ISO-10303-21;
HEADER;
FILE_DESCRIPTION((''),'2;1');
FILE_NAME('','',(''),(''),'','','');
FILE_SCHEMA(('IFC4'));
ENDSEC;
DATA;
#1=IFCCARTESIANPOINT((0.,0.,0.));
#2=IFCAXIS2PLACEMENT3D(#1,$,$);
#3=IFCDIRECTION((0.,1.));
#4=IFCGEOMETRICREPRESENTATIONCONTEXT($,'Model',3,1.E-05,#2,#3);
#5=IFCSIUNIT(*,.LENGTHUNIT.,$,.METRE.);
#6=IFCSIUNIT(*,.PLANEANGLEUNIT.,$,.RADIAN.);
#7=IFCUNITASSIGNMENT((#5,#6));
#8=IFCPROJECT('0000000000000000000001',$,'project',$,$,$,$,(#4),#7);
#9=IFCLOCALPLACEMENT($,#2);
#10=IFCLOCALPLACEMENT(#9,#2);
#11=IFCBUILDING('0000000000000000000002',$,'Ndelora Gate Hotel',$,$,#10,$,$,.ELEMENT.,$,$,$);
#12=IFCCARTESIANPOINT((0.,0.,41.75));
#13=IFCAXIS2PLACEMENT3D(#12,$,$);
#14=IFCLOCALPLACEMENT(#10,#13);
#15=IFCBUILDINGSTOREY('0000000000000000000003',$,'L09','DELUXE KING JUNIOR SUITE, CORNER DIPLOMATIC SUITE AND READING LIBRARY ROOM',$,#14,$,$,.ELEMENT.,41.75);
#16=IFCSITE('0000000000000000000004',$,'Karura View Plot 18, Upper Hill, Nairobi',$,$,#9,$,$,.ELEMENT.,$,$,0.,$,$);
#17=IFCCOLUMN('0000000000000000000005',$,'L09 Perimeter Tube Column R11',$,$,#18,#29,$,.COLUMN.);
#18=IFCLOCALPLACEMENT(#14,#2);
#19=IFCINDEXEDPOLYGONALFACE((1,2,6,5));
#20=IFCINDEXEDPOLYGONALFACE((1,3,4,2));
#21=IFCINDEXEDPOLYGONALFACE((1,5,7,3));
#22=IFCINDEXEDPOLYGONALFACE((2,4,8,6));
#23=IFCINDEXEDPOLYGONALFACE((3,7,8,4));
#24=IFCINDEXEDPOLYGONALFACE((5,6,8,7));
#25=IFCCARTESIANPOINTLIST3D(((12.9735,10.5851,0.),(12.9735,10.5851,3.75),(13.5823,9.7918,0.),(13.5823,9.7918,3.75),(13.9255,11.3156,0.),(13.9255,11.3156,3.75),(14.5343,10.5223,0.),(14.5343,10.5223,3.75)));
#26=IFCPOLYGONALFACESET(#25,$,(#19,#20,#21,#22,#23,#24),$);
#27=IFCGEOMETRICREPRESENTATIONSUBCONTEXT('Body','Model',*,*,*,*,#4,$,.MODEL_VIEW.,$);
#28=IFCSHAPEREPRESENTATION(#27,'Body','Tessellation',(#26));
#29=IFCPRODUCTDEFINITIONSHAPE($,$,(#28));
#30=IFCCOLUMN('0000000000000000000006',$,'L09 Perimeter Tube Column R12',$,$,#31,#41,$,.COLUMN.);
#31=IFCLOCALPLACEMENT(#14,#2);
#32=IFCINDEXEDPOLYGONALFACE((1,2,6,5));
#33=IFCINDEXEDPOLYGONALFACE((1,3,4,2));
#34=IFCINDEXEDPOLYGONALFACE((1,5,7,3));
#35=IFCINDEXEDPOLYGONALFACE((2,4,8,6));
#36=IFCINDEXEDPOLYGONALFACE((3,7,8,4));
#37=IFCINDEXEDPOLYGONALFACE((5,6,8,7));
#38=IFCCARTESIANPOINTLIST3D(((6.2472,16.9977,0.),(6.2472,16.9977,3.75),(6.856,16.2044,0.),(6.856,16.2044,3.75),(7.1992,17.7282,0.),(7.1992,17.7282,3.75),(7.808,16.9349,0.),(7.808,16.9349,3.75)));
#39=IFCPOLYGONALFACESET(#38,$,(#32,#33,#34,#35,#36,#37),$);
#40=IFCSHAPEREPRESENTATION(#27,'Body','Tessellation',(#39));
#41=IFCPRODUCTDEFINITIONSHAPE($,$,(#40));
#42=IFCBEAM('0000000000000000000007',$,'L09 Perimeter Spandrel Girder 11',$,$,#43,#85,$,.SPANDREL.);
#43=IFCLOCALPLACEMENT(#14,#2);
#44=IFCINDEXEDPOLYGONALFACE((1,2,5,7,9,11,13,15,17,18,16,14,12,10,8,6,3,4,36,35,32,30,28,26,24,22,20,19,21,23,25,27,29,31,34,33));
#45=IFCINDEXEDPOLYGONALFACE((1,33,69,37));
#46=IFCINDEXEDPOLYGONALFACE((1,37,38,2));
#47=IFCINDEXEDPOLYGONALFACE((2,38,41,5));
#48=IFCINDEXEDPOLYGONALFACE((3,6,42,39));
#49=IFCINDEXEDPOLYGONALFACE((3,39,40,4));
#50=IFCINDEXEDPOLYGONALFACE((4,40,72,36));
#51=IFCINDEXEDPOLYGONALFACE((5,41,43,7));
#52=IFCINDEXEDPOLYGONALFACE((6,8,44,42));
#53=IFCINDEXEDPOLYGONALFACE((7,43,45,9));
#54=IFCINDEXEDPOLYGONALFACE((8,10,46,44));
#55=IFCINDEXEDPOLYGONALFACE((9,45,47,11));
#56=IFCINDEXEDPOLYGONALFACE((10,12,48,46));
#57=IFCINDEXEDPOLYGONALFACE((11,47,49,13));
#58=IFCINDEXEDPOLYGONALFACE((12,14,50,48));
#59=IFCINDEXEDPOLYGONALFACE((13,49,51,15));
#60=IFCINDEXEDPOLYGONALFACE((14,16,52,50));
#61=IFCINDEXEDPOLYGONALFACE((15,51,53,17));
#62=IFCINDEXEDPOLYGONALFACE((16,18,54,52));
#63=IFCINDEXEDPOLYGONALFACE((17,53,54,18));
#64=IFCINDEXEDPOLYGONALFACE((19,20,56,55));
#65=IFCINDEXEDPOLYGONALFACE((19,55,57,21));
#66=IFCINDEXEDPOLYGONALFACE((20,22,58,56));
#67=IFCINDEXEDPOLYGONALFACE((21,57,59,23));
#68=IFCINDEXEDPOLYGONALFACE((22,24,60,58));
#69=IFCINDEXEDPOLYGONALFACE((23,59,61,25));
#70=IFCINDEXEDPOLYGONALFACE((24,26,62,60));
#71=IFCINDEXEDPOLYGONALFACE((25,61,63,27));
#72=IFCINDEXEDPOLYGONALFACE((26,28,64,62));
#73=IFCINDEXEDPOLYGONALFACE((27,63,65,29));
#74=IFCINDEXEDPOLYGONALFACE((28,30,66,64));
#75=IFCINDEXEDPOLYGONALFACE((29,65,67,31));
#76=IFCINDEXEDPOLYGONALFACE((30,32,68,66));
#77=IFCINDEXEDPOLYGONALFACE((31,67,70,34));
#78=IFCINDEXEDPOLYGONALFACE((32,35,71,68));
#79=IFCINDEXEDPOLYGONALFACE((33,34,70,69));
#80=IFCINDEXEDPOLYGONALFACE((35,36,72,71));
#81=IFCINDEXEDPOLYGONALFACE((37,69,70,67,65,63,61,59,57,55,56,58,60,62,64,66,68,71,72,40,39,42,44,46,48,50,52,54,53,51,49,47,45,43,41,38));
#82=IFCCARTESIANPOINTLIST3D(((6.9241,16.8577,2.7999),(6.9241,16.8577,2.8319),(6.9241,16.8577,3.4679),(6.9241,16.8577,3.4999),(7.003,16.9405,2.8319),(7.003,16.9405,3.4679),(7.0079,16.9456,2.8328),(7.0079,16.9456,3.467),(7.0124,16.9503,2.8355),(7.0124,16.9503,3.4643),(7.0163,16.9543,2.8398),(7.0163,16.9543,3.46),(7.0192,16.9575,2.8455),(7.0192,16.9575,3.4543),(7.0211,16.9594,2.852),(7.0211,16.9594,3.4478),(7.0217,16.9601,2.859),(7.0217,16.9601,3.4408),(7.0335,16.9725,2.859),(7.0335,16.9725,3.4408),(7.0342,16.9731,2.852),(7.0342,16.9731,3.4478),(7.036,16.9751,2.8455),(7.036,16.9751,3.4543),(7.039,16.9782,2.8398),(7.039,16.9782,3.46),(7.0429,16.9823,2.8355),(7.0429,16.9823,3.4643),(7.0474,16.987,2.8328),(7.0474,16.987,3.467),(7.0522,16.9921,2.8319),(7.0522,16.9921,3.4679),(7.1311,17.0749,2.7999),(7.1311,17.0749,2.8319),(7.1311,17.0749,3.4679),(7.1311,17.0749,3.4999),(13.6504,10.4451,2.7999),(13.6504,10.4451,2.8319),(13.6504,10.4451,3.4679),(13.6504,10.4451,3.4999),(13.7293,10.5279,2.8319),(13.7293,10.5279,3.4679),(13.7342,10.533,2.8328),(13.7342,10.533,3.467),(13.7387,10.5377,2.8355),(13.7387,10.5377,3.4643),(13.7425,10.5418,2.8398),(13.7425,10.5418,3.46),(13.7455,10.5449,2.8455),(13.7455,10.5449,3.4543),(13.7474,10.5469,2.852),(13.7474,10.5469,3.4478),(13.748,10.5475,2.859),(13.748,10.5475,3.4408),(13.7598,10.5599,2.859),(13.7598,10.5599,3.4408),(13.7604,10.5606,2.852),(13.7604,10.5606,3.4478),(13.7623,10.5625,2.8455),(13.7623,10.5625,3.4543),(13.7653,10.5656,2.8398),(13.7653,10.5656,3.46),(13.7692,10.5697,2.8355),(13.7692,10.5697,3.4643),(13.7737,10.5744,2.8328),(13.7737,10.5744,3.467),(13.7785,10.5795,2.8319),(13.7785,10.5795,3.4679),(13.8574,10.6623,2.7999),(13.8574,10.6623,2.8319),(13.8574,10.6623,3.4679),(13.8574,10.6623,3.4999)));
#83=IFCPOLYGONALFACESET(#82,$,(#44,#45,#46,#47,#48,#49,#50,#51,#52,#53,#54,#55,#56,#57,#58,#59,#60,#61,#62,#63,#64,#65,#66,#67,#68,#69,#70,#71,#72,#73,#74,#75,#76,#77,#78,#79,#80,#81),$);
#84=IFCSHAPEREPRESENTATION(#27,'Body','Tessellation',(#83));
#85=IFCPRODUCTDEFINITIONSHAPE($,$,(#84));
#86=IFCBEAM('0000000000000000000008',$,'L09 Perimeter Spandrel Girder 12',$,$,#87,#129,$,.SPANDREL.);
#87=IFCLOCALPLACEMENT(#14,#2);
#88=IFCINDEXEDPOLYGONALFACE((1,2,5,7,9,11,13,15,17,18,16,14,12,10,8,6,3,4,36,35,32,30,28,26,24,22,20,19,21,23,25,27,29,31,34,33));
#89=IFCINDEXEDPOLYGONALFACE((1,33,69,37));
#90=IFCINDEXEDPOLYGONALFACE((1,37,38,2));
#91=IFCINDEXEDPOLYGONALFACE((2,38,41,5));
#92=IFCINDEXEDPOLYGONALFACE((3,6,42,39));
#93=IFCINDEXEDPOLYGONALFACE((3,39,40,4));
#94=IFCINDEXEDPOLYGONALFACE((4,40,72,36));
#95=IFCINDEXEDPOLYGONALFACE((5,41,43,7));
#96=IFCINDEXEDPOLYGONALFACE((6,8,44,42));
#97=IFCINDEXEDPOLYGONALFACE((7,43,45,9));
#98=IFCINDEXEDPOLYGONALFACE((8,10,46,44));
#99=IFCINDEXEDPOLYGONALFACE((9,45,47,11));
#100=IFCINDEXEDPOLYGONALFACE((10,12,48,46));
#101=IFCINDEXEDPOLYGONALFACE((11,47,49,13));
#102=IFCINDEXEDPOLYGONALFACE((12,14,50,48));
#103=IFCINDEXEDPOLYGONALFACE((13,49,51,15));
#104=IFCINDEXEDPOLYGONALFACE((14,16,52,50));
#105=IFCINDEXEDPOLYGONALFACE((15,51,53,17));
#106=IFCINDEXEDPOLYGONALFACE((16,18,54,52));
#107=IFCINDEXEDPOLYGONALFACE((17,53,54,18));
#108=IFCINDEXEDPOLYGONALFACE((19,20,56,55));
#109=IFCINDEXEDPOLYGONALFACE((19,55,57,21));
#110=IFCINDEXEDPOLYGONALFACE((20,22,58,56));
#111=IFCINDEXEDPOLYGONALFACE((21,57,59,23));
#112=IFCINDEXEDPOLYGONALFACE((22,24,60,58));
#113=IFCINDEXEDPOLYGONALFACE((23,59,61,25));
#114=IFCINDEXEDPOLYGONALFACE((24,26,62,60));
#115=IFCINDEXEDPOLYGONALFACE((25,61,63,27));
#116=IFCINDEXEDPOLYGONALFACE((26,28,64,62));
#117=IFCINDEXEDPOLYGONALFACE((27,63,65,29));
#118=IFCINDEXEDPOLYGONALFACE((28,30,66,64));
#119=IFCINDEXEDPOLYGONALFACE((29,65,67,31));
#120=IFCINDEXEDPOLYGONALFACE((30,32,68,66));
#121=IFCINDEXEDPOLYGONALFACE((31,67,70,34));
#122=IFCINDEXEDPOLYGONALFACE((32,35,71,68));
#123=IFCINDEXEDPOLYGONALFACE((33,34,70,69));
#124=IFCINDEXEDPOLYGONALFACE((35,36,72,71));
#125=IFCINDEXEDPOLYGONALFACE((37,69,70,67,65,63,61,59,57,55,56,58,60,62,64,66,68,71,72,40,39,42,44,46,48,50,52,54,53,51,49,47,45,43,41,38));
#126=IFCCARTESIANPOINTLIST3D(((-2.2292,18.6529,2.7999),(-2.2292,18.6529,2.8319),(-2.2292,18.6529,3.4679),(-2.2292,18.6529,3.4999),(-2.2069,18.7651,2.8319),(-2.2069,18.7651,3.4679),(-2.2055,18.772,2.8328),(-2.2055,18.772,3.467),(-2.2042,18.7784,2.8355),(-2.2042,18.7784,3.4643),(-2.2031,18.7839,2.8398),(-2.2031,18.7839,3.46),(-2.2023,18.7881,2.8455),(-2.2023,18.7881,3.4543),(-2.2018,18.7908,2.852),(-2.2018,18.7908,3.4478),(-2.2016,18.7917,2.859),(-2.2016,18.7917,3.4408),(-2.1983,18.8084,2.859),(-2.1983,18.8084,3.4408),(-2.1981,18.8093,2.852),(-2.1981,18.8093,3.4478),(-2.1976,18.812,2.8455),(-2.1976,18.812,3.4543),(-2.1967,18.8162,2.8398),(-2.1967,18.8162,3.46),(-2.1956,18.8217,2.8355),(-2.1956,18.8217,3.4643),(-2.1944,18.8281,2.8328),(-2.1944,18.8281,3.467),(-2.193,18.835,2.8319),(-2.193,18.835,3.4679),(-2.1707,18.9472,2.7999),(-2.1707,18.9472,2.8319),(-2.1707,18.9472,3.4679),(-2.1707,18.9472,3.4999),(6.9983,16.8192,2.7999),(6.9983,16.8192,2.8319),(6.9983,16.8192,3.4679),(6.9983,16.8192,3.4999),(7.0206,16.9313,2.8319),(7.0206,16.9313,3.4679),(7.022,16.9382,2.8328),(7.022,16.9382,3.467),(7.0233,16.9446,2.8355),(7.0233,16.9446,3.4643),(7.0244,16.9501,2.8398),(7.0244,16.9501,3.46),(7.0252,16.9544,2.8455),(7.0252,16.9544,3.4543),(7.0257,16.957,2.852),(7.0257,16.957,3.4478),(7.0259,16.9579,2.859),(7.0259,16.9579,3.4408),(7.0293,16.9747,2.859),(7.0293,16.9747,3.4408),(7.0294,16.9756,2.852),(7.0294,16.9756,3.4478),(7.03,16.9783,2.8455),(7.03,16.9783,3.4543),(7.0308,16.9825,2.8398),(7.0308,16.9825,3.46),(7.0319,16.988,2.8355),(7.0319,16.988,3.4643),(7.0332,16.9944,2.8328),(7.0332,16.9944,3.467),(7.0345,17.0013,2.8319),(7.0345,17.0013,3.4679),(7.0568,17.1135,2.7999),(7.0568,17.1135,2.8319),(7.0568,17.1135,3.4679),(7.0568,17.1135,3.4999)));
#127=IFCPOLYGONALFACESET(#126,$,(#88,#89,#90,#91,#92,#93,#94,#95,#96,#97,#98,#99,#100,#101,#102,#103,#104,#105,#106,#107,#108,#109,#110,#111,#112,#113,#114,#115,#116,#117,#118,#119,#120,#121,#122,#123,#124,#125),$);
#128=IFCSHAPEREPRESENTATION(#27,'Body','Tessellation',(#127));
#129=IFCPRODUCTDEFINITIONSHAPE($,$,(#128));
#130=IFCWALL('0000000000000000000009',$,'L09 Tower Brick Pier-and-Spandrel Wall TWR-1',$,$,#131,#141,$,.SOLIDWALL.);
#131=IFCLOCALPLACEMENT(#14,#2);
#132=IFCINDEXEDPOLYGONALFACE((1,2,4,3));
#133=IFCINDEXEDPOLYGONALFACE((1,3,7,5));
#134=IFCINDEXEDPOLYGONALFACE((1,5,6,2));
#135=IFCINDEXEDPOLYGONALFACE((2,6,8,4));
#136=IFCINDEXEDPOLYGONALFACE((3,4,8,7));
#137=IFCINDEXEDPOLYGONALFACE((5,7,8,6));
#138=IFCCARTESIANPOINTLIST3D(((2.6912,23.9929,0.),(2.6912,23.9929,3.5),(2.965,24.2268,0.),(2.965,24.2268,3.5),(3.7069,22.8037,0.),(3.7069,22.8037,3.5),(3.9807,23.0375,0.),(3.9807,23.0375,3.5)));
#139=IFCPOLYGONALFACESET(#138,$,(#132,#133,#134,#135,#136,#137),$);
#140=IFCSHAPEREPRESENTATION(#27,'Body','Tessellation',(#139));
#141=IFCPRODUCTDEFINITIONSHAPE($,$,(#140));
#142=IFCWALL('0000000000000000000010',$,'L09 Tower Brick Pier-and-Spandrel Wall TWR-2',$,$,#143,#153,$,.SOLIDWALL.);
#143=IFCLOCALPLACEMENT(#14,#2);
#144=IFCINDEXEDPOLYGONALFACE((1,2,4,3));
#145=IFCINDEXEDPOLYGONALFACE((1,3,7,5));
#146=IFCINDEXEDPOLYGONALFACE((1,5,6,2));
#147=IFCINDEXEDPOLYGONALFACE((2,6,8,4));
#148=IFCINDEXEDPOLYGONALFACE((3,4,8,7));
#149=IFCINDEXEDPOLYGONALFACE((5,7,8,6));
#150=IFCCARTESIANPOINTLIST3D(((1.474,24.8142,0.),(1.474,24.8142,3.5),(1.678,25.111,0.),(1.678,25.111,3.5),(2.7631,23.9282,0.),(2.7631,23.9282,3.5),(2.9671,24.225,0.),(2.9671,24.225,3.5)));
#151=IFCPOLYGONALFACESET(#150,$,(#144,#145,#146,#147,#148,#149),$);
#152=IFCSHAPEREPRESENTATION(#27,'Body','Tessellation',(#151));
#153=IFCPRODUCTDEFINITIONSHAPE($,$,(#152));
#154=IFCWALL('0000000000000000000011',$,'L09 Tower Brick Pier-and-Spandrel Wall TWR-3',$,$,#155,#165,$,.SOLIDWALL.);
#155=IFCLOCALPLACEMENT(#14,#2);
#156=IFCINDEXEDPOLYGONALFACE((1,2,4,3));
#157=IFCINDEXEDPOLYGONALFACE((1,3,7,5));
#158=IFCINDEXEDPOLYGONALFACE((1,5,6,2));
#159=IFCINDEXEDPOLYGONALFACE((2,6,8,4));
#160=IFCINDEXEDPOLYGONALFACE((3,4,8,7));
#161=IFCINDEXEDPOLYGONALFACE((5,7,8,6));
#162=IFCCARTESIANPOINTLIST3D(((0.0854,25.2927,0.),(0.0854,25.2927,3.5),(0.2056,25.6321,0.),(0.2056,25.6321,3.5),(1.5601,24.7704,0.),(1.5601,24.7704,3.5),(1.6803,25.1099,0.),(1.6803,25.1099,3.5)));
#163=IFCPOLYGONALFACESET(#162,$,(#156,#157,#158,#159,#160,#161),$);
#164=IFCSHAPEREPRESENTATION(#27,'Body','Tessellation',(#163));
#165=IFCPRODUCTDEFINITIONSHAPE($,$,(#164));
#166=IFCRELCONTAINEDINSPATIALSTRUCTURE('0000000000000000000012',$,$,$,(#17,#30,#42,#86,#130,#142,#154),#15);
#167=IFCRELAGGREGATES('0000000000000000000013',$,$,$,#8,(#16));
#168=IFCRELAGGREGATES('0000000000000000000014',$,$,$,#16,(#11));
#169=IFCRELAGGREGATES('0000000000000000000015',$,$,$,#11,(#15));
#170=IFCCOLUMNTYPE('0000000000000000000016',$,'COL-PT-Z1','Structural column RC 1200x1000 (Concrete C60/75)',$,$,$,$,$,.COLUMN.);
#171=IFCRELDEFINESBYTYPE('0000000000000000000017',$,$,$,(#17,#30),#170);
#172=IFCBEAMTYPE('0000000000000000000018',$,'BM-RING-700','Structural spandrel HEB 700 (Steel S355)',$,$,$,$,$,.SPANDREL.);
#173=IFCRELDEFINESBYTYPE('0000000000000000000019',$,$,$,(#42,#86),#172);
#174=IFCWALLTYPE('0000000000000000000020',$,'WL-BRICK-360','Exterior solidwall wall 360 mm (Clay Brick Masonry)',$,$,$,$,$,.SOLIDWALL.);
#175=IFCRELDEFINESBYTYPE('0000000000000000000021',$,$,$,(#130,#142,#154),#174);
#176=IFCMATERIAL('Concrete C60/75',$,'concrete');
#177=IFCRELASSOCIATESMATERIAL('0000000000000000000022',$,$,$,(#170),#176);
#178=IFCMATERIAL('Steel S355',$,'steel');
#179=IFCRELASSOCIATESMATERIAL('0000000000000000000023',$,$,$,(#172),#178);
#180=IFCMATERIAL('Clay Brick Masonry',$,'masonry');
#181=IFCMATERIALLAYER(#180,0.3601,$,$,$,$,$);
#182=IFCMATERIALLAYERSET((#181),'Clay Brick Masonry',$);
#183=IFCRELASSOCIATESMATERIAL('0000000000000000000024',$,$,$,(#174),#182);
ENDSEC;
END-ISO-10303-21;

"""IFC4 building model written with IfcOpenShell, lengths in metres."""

from ifc_helpers import new_model, si_unit, direction, frame, frame_2d, origin, origin_2d, place, context, subcontext, project, spatial, rectangle, i_section, extrude, material, layer, layer_set, material_profile, profile_set, type_object, element, save


model = new_model("IFC4")

# Units and contexts
model_context = context("Model", 3, precision=1e-05, world=origin(), true_north=direction((0.0, 1.0)))
body_context = subcontext(model_context, "Body", "Model", "MODEL_VIEW")
ifc_project = project(units=[si_unit("LENGTHUNIT", "METRE"), si_unit("PLANEANGLEUNIT", "RADIAN")], contexts=[model_context])

# Site, building, storey
site_placement = place(None, origin())
site = spatial("IfcSite", under=ifc_project, at=site_placement, Name="Karura View Plot 18, Upper Hill, Nairobi", CompositionType="ELEMENT", RefElevation=0.0)
building_placement = place(site_placement, origin())
building = spatial("IfcBuilding", under=site, at=building_placement, Name="Ndelora Gate Hotel", CompositionType="ELEMENT")
storey_placement = place(building_placement, frame((0.0, 0.0, 41.75)))
storey = spatial("IfcBuildingStorey", under=building, at=storey_placement, Name="L09", Description="DELUXE KING JUNIOR SUITE, CORNER DIPLOMATIC SUITE AND READING LIBRARY ROOM", CompositionType="ELEMENT", Elevation=41.75)

# Columns
ifc_material_1 = material(Name="Concrete C60/75", Category="concrete")
ifc_material_profile_1 = material_profile(ifc_material_1, rectangle(XDim=1.0, YDim=1.2, at=origin_2d()), Name="RC 1200x1000")
ifc_profile_set_1 = profile_set([ifc_material_profile_1], Name="Concrete C60/75")
column_type = type_object("IfcColumnType", Name="COL-PT-Z1", Description="Structural column RC 1200x1000 (Concrete C60/75)", PredefinedType="COLUMN", material=ifc_profile_set_1)
for number, where, z_axis, x_axis, name in (
    (1, (13.7539, 10.5537, 0.0), (0.0, 0.0, 1.0), (-0.608761, 0.793353, 0.0), "L09 Perimeter Tube Column R11"),
    (2, (7.0276, 16.9663, 0.0), (0.0, 0.0, 1.0), (-0.608761, 0.793353, 0.0), "L09 Perimeter Tube Column R12"),
):
    element("IfcColumn", number, at=place(storey_placement, frame(where, z_axis=z_axis, x_axis=x_axis)), inside=storey, type_object=column_type, Name=name, PredefinedType="COLUMN", context=body_context, shape_type="SweptSolid", body=[
        extrude(rectangle(XDim=1.0, YDim=1.2, at=origin_2d()), origin(), (0.0, 0.0, 1.0), 3.75),
    ])

# Beams
ifc_material_2 = material(Name="Steel S355", Category="steel")
ifc_material_profile_2 = material_profile(ifc_material_2, i_section(OverallWidth=0.3, OverallDepth=0.7, WebThickness=0.0171, FlangeThickness=0.032, FilletRadius=0.0271, at=origin_2d()), Name="HEB 700")
ifc_profile_set_2 = profile_set([ifc_material_profile_2], Name="Steel S355")
beam_type = type_object("IfcBeamType", Name="BM-RING-700", Description="Structural spandrel HEB 700 (Steel S355)", PredefinedType="SPANDREL", material=ifc_profile_set_2)
beam_1_placement = place(storey_placement, frame((13.7539, 10.5537, 3.1499), z_axis=(-0.723784, 0.690026, 0.0), x_axis=(-0.690026, -0.723784, 0.0)))
element("IfcBeam", 3, at=beam_1_placement, inside=storey, type_object=beam_type, Name="L09 Perimeter Spandrel Girder 11", PredefinedType="SPANDREL", context=body_context, shape_type="SweptSolid", body=[
    extrude(i_section(OverallWidth=0.3, OverallDepth=0.7, WebThickness=0.0171, FlangeThickness=0.032, FilletRadius=0.0271, at=origin_2d()), origin(), (0.0, 0.0, 1.0), 9.2932),
])
beam_2_placement = place(storey_placement, frame((7.0276, 16.9663, 3.1499), z_axis=(-0.98082, 0.194913, 0.0), x_axis=(-0.194913, -0.98082, 0.0)))
element("IfcBeam", 4, at=beam_2_placement, inside=storey, type_object=beam_type, Name="L09 Perimeter Spandrel Girder 12", PredefinedType="SPANDREL", context=body_context, shape_type="SweptSolid", body=[
    extrude(i_section(OverallWidth=0.3, OverallDepth=0.7, WebThickness=0.0171, FlangeThickness=0.032, FilletRadius=0.0271, at=origin_2d()), origin(), (0.0, 0.0, 1.0), 9.408),
])

# Walls
ifc_material_3 = material(Name="Clay Brick Masonry", Category="masonry")
ifc_layer_1 = layer(ifc_material_3, 0.3601)
ifc_layer_set_1 = layer_set([ifc_layer_1], Name="Clay Brick Masonry")
wall_type_1 = type_object("IfcWallType", Name="WL-BRICK-360", Description="Exterior solidwall wall 360 mm (Clay Brick Masonry)", PredefinedType="SOLIDWALL", material=ifc_layer_set_1)
wall_1_placement = place(storey_placement, frame((2.8281, 24.1099, 0.0), z_axis=(0.0, 0.0, 1.0), x_axis=(0.649428, -0.760423, 0.0)))
element("IfcWall", 5, at=wall_1_placement, inside=storey, type_object=wall_type_1, Name="L09 Tower Brick Pier-and-Spandrel Wall TWR-1", PredefinedType="SOLIDWALL", context=body_context, shape_type="SweptSolid", body=[
    extrude(rectangle(XDim=1.564, YDim=0.3601, at=frame_2d((0.782, 0.0))), origin(), (0.0, 0.0, 1.0), 3.5),
])
wall_2_placement = place(storey_placement, frame((1.5759, 24.9626, 0.0), z_axis=(0.0, 0.0, 1.0), x_axis=(0.824115, -0.566423, 0.0)))
element("IfcWall", 6, at=wall_2_placement, inside=storey, type_object=wall_type_1, Name="L09 Tower Brick Pier-and-Spandrel Wall TWR-2", PredefinedType="SOLIDWALL", context=body_context, shape_type="SweptSolid", body=[
    extrude(rectangle(XDim=1.5642, YDim=0.3601, at=frame_2d((0.7822, 0.0))), origin(), (0.0, 0.0, 1.0), 3.5),
])
wall_3_placement = place(storey_placement, frame((0.1455, 25.4624, 0.0), z_axis=(0.0, 0.0, 1.0), x_axis=(0.942635, -0.333824, 0.0)))
element("IfcWall", 7, at=wall_3_placement, inside=storey, type_object=wall_type_1, Name="L09 Tower Brick Pier-and-Spandrel Wall TWR-3", PredefinedType="SOLIDWALL", context=body_context, shape_type="SweptSolid", body=[
    extrude(rectangle(XDim=1.5645, YDim=0.3601, at=frame_2d((0.7822, 0.0))), origin(), (0.0, 0.0, 1.0), 3.5),
])

save(model, "model.ifc")
